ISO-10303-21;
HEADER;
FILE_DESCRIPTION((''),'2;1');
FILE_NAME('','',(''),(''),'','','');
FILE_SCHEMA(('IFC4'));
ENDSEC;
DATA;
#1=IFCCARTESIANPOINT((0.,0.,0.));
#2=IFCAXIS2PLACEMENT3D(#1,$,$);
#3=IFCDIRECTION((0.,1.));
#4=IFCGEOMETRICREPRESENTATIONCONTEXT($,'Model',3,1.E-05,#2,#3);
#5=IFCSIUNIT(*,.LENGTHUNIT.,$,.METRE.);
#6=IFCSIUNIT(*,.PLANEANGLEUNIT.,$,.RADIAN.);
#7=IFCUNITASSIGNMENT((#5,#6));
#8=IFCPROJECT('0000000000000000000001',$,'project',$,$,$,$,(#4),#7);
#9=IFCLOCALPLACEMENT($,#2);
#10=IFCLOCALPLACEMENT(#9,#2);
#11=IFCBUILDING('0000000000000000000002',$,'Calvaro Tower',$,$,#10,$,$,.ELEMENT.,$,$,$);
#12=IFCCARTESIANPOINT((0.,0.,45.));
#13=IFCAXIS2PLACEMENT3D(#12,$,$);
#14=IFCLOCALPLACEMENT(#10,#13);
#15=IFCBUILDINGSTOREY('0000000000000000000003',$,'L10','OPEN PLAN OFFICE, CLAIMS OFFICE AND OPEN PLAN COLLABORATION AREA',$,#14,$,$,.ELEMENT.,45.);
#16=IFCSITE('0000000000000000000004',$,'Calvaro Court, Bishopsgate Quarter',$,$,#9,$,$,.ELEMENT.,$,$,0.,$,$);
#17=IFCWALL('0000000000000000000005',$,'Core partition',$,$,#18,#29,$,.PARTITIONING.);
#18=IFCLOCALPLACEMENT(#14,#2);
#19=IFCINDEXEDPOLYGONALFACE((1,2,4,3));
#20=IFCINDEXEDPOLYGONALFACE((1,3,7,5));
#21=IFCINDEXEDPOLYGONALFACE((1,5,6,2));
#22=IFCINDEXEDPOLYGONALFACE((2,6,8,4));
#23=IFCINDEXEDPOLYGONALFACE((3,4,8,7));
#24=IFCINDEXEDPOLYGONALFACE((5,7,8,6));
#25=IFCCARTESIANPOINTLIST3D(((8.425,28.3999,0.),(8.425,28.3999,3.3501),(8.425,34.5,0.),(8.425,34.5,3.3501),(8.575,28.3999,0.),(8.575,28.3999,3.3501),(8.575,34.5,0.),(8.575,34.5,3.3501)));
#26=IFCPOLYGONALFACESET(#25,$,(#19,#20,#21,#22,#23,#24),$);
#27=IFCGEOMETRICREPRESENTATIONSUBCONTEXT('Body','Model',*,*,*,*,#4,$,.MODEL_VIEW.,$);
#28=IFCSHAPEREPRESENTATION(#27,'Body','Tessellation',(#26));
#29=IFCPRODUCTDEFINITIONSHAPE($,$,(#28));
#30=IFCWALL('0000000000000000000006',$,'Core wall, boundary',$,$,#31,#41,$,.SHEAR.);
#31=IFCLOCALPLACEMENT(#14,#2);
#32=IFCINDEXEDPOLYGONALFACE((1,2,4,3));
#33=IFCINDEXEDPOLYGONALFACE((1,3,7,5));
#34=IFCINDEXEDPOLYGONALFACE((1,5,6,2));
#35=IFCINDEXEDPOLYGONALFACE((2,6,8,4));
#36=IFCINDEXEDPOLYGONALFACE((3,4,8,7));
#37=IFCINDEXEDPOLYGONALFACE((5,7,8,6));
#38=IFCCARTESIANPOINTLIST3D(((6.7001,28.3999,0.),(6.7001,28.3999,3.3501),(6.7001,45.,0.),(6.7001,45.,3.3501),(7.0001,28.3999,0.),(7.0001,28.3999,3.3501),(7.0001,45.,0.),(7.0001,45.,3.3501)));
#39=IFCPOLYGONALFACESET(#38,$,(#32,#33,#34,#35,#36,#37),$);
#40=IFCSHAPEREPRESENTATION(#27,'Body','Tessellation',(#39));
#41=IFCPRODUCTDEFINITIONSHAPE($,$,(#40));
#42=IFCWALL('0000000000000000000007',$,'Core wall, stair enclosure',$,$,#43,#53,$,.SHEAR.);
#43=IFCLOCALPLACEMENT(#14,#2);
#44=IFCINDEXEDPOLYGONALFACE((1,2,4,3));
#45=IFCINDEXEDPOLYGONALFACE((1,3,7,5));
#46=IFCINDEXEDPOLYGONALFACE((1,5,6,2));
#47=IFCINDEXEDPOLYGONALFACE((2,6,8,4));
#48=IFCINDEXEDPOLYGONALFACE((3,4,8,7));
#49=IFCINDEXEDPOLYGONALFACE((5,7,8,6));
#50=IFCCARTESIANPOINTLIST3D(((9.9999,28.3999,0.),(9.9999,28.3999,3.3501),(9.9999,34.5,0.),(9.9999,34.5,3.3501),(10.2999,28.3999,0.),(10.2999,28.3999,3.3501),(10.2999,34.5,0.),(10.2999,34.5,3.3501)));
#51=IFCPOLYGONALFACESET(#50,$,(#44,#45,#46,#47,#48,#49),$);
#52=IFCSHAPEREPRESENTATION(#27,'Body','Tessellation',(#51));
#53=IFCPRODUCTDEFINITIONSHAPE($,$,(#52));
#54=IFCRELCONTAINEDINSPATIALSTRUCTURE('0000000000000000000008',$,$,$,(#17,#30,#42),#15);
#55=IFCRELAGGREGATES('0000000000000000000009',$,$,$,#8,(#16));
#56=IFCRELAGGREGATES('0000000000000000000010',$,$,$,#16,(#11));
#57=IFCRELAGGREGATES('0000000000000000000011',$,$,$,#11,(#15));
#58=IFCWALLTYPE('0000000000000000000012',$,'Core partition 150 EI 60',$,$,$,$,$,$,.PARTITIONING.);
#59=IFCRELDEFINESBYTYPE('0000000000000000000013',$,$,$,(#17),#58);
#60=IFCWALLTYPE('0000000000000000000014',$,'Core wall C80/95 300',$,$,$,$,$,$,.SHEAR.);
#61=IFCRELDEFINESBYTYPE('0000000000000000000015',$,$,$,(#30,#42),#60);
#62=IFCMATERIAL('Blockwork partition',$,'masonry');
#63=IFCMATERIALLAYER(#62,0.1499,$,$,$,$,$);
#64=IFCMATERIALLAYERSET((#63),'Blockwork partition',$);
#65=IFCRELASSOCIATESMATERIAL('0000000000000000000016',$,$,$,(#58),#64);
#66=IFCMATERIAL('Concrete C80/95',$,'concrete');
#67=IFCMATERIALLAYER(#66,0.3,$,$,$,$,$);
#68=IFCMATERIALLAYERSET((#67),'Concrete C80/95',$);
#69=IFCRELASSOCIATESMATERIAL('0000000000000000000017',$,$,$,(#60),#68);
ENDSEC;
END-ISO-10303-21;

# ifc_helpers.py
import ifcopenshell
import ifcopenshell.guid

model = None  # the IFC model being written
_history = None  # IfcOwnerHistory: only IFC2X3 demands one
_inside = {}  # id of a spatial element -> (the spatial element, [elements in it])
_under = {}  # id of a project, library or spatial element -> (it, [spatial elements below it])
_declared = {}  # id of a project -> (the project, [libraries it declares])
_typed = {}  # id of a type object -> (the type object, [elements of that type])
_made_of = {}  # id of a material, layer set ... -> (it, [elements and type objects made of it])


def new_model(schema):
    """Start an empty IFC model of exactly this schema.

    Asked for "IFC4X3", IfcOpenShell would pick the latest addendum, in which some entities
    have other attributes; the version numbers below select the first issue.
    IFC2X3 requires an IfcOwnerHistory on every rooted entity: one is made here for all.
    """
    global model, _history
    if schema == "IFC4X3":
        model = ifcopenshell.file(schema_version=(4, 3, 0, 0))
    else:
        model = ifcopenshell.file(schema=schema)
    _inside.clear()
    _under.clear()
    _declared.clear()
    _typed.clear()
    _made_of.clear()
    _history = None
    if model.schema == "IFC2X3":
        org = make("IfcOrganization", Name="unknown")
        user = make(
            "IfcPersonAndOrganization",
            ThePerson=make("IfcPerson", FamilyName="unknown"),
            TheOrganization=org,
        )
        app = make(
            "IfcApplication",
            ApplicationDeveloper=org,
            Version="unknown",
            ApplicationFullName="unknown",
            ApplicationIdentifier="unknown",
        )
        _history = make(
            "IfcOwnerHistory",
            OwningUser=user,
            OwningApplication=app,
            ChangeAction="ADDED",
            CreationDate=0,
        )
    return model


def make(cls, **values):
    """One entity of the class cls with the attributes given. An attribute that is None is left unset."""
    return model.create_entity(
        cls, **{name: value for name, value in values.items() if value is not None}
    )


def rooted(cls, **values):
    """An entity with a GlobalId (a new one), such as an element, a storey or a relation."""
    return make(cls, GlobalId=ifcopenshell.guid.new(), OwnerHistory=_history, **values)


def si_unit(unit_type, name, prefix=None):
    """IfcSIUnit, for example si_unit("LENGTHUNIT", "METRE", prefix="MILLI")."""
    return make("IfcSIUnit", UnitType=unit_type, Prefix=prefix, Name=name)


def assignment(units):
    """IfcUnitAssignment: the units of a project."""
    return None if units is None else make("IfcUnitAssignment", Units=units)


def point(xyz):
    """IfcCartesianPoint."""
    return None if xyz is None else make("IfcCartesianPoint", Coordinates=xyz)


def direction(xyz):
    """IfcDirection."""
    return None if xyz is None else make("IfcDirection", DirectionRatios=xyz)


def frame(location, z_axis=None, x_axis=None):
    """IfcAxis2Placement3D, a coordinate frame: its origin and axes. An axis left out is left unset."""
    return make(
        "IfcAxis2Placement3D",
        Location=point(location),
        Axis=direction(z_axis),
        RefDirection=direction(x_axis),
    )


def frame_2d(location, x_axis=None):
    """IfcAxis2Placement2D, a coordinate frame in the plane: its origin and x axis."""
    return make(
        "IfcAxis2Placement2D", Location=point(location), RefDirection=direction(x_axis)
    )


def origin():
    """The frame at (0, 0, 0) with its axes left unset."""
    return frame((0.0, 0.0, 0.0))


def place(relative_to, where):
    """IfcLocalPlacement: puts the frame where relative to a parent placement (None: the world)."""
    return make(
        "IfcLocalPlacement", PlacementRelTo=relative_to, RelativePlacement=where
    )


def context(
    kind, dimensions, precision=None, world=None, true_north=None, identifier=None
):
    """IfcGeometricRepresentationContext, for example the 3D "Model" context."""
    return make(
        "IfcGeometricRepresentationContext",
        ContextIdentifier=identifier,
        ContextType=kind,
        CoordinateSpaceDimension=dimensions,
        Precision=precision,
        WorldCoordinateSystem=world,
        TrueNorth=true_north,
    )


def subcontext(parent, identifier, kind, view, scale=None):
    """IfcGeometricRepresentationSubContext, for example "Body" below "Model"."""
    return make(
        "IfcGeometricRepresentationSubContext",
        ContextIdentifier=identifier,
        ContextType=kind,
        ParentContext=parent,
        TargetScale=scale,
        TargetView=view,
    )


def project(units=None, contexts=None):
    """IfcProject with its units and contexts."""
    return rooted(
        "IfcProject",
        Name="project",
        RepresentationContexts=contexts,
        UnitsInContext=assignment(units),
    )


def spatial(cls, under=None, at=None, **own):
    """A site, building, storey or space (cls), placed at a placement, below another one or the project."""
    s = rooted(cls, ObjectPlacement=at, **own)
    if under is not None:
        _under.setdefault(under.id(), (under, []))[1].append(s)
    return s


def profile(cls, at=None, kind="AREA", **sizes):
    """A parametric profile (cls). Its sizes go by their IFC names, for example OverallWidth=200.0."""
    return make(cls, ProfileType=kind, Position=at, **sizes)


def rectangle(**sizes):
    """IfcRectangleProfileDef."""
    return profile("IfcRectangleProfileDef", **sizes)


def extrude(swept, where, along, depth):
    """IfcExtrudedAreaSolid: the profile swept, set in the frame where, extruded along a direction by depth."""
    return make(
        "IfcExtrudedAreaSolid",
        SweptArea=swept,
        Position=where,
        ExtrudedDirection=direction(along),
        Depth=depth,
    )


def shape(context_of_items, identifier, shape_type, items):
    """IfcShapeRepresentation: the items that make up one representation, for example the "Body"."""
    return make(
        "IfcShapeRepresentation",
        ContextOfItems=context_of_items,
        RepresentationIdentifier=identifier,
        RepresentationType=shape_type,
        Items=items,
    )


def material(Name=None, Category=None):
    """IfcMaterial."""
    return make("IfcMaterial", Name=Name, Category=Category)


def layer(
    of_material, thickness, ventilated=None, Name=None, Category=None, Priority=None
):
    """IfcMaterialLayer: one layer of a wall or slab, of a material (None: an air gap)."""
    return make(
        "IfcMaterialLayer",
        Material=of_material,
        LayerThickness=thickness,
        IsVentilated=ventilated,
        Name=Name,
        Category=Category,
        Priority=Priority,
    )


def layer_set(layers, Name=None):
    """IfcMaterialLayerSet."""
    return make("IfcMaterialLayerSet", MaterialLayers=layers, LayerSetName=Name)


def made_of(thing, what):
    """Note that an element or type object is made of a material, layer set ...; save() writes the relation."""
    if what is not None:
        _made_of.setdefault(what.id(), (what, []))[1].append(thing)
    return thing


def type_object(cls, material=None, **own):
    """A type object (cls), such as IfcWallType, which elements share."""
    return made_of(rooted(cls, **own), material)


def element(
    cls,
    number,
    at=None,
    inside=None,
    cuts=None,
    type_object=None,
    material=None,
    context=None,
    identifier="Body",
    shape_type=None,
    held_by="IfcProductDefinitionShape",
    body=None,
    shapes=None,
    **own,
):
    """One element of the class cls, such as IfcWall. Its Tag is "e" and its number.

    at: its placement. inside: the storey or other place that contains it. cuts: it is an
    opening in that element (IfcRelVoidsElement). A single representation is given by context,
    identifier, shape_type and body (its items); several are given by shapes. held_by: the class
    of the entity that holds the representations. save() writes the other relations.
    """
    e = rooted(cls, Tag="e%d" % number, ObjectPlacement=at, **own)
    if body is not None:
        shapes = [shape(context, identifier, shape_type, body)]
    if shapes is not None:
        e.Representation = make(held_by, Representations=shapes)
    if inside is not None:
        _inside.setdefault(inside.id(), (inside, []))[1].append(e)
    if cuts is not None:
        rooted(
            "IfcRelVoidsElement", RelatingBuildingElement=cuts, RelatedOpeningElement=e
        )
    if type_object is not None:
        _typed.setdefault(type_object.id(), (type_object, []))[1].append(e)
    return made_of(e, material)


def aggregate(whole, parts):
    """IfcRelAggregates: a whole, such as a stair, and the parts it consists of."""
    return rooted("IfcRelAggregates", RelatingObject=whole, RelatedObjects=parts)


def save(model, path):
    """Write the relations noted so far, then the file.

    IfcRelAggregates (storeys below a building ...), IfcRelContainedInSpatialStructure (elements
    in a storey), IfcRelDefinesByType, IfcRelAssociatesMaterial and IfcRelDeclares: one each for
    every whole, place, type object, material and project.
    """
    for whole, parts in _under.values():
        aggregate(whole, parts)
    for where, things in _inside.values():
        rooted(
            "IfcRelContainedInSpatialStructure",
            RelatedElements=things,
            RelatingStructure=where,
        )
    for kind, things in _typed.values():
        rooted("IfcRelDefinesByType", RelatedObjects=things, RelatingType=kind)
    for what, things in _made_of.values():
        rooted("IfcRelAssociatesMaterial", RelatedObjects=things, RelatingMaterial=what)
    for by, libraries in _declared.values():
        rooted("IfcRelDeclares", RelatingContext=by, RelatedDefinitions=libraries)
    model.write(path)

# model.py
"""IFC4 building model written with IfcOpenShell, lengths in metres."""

from ifc_helpers import new_model, si_unit, direction, frame, frame_2d, origin, place, context, subcontext, project, spatial, rectangle, extrude, material, layer, layer_set, type_object, element, save


model = new_model("IFC4")

# Units and contexts
model_context = context("Model", 3, precision=1e-05, world=origin(), true_north=direction((0.0, 1.0)))
body_context = subcontext(model_context, "Body", "Model", "MODEL_VIEW")
ifc_project = project(units=[si_unit("LENGTHUNIT", "METRE"), si_unit("PLANEANGLEUNIT", "RADIAN")], contexts=[model_context])

# Site, building, storey
site_placement = place(None, origin())
site = spatial("IfcSite", under=ifc_project, at=site_placement, Name="Calvaro Court, Bishopsgate Quarter", CompositionType="ELEMENT", RefElevation=0.0)
building_placement = place(site_placement, origin())
building = spatial("IfcBuilding", under=site, at=building_placement, Name="Calvaro Tower", CompositionType="ELEMENT")
storey_placement = place(building_placement, frame((0.0, 0.0, 45.0)))
storey = spatial("IfcBuildingStorey", under=building, at=storey_placement, Name="L10", Description="OPEN PLAN OFFICE, CLAIMS OFFICE AND OPEN PLAN COLLABORATION AREA", CompositionType="ELEMENT", Elevation=45.0)

# Walls
ifc_material_1 = material(Name="Blockwork partition", Category="masonry")
ifc_layer_1 = layer(ifc_material_1, 0.1499)
ifc_layer_set_1 = layer_set([ifc_layer_1], Name="Blockwork partition")
wall_type_1 = type_object("IfcWallType", Name="Core partition 150 EI 60", PredefinedType="PARTITIONING", material=ifc_layer_set_1)
wall_1_placement = place(storey_placement, frame((8.5, 28.3999, 0.0), z_axis=(0.0, 0.0, 1.0), x_axis=(0.0, 1.0, 0.0)))
element("IfcWall", 1, at=wall_1_placement, inside=storey, type_object=wall_type_1, Name="Core partition", PredefinedType="PARTITIONING", context=body_context, shape_type="SweptSolid", body=[
    extrude(rectangle(XDim=6.1001, YDim=0.1499, at=frame_2d((3.05, 0.0))), origin(), (0.0, 0.0, 1.0), 3.3501),
])
ifc_material_2 = material(Name="Concrete C80/95", Category="concrete")
ifc_layer_2 = layer(ifc_material_2, 0.3)
ifc_layer_set_2 = layer_set([ifc_layer_2], Name="Concrete C80/95")
wall_type_2 = type_object("IfcWallType", Name="Core wall C80/95 300", PredefinedType="SHEAR", material=ifc_layer_set_2)
wall_2_placement = place(storey_placement, frame((6.8501, 28.3999, 0.0), z_axis=(0.0, 0.0, 1.0), x_axis=(0.0, 1.0, 0.0)))
element("IfcWall", 2, at=wall_2_placement, inside=storey, type_object=wall_type_2, Name="Core wall, boundary", PredefinedType="SHEAR", context=body_context, shape_type="SweptSolid", body=[
    extrude(rectangle(XDim=16.6001, YDim=0.3, at=frame_2d((8.3, 0.0))), origin(), (0.0, 0.0, 1.0), 3.3501),
])
wall_3_placement = place(storey_placement, frame((10.1499, 28.3999, 0.0), z_axis=(0.0, 0.0, 1.0), x_axis=(0.0, 1.0, 0.0)))
element("IfcWall", 3, at=wall_3_placement, inside=storey, type_object=wall_type_2, Name="Core wall, stair enclosure", PredefinedType="SHEAR", context=body_context, shape_type="SweptSolid", body=[
    extrude(rectangle(XDim=6.1001, YDim=0.3, at=frame_2d((3.05, 0.0))), origin(), (0.0, 0.0, 1.0), 3.3501),
])

save(model, "model.ifc")
